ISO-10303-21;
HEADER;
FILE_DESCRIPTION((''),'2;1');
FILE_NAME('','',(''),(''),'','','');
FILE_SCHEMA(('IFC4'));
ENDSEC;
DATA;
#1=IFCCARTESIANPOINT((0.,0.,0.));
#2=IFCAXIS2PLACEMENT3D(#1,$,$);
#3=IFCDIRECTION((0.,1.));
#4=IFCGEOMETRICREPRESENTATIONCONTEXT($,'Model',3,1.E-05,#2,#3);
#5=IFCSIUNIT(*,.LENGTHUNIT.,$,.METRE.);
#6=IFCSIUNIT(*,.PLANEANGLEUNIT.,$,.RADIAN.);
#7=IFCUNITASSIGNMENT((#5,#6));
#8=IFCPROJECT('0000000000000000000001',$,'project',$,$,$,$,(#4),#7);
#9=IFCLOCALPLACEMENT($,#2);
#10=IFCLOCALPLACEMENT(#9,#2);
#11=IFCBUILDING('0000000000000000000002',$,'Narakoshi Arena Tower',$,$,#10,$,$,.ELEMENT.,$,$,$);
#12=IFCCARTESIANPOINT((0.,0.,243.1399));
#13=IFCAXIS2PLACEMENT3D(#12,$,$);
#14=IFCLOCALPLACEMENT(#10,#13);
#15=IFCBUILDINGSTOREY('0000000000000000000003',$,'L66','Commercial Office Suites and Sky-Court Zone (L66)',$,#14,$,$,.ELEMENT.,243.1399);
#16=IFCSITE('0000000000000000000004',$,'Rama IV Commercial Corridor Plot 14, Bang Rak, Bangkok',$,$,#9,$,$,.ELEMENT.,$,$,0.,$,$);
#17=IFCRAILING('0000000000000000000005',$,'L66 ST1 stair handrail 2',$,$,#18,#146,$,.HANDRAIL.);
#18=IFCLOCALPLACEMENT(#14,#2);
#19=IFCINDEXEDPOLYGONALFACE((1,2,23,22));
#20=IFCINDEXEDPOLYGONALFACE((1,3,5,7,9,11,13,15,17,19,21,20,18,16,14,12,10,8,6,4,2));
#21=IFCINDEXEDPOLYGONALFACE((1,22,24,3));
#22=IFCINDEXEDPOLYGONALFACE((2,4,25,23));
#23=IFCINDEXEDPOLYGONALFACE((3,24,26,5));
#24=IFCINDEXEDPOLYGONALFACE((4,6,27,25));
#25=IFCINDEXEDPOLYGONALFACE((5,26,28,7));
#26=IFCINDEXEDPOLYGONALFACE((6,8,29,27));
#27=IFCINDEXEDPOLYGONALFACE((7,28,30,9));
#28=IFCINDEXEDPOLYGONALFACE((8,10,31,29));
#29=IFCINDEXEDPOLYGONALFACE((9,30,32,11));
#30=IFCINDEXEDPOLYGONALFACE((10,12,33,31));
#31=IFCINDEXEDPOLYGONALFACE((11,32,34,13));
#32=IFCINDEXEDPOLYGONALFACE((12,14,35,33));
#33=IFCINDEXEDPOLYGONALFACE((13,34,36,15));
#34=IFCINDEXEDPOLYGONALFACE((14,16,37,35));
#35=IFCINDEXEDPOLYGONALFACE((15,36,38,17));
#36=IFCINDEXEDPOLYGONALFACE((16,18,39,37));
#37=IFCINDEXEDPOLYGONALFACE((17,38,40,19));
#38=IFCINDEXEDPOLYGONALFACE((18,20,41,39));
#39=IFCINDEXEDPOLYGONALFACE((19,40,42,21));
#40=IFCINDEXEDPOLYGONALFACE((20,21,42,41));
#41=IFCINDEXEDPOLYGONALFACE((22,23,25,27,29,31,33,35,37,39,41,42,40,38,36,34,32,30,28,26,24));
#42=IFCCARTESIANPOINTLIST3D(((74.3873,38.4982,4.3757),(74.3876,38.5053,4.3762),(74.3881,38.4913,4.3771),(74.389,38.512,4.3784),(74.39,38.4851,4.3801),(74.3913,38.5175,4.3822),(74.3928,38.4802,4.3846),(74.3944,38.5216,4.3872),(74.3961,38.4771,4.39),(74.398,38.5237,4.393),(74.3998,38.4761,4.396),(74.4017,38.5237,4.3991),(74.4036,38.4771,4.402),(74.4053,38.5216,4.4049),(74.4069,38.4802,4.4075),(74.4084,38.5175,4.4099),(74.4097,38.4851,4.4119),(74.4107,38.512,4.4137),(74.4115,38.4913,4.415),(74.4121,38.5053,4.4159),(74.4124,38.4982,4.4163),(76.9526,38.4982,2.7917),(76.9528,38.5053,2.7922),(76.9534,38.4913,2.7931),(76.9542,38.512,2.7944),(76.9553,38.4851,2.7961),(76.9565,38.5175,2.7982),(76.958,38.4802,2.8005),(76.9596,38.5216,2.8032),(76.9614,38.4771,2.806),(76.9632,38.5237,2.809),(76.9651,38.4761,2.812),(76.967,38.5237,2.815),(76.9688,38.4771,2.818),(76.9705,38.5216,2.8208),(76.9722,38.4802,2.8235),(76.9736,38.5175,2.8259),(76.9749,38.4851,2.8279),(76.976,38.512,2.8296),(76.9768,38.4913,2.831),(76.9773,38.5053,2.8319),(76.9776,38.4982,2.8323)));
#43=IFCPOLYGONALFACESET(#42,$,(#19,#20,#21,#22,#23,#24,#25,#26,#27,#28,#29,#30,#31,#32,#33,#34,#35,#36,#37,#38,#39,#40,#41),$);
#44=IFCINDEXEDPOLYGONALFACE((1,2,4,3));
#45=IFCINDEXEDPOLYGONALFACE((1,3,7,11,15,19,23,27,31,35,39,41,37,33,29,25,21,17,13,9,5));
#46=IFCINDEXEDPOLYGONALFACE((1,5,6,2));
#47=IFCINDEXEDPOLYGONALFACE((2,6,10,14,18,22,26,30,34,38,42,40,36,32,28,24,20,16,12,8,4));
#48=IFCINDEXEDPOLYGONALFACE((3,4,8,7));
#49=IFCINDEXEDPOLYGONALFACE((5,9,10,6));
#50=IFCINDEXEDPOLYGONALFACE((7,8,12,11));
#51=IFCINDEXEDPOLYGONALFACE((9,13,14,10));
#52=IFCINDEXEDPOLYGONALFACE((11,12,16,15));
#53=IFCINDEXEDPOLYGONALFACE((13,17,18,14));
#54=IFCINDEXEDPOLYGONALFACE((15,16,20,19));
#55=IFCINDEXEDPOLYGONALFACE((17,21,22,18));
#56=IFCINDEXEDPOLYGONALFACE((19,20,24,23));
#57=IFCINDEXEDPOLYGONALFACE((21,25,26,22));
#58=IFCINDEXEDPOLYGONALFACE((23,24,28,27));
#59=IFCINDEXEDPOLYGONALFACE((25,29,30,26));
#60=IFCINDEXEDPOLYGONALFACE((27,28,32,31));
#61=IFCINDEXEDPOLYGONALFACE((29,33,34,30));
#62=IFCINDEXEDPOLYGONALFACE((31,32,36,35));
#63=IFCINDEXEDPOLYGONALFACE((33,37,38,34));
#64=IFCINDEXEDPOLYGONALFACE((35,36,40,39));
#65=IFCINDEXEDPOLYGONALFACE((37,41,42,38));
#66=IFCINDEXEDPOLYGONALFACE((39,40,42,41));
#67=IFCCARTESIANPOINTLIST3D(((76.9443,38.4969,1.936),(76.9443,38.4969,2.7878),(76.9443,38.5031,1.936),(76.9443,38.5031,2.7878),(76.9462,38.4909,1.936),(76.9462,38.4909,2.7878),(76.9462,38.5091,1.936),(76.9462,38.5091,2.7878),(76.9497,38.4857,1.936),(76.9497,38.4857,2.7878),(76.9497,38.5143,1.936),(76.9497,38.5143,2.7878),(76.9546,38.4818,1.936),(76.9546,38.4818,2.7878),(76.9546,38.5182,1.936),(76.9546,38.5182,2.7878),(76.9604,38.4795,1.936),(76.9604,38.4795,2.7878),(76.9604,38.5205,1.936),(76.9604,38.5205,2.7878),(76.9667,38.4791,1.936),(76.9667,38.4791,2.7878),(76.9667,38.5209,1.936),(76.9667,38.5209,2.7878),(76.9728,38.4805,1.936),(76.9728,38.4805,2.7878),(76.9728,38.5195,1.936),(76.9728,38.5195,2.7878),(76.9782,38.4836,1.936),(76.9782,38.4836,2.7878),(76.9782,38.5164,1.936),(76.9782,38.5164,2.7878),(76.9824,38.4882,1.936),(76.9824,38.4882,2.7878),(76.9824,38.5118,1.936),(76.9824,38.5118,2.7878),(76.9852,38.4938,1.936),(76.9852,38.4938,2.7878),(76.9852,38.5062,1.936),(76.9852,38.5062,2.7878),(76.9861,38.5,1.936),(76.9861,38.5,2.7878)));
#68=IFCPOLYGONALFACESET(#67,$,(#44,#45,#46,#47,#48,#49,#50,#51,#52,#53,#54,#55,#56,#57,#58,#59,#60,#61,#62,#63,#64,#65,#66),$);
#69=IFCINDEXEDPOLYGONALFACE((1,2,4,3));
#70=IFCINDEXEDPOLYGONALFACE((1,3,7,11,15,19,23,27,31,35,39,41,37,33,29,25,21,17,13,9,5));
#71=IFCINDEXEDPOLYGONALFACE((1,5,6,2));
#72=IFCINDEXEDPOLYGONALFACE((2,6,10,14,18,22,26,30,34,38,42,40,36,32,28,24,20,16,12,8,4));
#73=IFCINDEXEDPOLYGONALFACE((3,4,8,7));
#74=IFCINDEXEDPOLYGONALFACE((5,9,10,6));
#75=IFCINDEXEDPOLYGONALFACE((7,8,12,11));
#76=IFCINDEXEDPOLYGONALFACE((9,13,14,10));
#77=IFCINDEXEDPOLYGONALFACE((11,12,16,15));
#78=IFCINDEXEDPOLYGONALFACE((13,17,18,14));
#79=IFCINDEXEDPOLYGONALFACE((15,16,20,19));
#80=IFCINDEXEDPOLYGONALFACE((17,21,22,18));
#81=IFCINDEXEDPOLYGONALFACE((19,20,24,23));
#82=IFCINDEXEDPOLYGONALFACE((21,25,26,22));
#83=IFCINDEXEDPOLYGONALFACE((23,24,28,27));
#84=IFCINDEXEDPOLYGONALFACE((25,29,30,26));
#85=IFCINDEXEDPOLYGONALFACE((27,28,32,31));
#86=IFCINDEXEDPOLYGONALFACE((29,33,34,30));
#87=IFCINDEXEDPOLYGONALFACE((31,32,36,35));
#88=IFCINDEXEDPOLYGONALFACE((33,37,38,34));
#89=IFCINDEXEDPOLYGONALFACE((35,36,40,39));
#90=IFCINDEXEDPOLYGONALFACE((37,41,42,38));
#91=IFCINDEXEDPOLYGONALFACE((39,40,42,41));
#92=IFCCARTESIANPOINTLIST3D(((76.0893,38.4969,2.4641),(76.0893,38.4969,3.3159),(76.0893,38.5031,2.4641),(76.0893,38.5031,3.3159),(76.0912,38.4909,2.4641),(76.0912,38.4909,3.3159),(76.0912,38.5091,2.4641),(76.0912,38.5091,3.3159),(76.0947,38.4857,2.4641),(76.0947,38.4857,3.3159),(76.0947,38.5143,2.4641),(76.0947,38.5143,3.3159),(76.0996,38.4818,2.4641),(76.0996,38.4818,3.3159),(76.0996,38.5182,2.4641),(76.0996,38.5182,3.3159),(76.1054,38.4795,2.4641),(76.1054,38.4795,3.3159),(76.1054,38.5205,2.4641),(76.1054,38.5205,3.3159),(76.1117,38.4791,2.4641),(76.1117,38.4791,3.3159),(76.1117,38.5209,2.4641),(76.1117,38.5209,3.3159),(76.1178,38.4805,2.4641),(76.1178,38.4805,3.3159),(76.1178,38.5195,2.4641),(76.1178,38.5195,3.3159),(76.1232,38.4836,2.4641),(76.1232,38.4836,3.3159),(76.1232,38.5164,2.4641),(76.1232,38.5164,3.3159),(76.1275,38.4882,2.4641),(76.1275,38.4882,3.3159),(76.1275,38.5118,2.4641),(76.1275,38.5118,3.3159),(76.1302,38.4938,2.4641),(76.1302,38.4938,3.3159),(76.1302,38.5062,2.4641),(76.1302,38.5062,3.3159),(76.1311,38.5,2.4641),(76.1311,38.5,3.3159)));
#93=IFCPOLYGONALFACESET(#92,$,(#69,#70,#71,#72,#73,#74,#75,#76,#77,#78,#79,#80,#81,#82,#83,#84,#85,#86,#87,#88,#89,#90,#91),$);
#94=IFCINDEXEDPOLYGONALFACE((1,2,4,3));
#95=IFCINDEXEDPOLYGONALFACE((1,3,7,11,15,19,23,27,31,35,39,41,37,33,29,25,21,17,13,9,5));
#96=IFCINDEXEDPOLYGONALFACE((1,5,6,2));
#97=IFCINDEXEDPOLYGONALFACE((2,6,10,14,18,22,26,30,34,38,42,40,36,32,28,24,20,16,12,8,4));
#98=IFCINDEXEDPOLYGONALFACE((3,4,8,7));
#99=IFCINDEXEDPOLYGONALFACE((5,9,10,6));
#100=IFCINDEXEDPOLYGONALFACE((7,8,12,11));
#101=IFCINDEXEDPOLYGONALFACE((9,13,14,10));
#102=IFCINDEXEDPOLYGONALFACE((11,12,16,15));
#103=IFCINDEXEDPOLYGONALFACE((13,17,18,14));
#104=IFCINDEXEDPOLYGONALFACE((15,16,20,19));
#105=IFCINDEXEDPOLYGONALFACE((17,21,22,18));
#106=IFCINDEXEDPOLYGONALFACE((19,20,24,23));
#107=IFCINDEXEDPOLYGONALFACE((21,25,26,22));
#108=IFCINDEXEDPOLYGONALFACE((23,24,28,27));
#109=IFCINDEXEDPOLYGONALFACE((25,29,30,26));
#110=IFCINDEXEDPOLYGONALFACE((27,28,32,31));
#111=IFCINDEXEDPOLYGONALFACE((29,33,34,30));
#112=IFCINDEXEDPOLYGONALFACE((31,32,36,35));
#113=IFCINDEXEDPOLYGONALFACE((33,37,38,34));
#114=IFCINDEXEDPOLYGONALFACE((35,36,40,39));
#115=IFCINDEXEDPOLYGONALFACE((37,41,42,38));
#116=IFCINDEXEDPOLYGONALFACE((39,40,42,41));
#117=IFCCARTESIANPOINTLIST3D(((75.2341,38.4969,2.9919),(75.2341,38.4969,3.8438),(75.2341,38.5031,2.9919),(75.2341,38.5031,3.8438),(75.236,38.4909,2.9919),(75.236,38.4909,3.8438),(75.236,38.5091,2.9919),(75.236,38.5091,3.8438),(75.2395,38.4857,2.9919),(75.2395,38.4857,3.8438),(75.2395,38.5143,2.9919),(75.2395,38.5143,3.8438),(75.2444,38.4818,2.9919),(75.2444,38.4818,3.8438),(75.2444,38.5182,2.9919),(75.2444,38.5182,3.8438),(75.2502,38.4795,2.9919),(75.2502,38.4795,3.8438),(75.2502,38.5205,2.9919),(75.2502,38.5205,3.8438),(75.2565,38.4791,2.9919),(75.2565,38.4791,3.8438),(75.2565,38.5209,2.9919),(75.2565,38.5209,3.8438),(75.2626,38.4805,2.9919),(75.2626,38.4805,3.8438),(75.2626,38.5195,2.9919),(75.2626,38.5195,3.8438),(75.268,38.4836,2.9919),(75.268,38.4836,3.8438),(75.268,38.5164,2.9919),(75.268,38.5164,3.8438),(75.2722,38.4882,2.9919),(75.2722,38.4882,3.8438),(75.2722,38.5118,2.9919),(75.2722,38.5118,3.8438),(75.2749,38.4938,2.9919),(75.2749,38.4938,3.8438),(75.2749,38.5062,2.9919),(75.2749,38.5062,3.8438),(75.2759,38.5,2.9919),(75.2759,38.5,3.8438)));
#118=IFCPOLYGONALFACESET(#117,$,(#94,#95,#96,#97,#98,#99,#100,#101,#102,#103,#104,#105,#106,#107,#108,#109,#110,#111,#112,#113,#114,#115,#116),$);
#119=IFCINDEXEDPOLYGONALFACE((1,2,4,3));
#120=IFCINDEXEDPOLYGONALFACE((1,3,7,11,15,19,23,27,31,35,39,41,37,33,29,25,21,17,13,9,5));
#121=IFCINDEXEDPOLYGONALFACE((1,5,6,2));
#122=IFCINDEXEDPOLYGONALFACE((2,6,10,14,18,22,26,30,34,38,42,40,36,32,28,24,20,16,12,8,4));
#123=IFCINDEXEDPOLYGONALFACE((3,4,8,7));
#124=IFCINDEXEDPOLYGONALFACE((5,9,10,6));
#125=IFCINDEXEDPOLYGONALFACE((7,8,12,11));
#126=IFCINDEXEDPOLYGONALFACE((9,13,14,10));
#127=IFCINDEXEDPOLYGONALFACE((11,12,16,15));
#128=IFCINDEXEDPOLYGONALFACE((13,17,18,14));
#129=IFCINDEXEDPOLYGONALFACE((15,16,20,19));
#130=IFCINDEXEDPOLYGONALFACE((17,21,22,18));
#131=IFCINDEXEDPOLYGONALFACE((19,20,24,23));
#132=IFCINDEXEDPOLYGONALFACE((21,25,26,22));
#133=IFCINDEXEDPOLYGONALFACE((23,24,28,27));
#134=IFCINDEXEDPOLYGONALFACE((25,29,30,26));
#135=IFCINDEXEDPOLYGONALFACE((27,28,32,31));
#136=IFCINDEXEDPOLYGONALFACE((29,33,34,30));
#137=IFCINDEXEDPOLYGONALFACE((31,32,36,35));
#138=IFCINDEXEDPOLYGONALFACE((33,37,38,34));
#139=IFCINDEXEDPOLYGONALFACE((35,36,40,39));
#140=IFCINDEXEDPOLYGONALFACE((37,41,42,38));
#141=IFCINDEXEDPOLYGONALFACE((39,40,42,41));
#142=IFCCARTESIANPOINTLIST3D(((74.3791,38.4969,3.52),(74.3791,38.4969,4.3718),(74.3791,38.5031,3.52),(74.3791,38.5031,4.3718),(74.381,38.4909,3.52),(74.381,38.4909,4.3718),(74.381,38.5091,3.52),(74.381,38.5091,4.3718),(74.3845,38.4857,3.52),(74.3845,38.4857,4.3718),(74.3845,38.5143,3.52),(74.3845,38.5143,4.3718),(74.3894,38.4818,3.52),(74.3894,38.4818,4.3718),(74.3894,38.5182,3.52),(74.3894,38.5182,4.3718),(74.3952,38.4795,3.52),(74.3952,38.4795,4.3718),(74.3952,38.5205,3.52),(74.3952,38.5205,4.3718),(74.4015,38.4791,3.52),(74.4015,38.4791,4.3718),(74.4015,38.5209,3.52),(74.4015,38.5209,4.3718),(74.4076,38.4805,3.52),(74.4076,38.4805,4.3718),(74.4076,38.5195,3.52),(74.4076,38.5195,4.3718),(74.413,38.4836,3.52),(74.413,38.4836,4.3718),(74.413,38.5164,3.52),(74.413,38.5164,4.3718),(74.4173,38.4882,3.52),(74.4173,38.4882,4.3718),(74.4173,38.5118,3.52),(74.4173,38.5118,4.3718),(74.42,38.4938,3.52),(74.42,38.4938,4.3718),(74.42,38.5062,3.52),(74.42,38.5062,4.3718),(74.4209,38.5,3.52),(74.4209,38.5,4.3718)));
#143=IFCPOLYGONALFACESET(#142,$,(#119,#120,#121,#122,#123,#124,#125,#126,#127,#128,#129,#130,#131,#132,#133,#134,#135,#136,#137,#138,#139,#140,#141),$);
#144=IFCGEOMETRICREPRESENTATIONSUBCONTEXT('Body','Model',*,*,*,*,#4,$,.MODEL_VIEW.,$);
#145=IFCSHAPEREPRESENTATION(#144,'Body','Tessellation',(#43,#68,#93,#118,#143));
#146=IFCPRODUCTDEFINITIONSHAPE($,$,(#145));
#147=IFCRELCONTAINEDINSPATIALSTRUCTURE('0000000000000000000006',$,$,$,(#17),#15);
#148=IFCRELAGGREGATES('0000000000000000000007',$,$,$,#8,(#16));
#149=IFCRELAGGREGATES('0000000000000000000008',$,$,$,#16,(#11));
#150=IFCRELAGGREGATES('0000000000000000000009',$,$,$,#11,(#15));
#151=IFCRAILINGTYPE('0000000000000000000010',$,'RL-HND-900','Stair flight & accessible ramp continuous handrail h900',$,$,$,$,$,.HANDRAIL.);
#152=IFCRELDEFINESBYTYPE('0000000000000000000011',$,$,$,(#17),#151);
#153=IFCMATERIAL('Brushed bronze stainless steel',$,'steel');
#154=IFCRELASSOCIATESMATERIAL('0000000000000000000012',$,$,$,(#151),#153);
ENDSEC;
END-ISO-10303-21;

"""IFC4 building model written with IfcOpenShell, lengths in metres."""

from ifc_helpers import new_model, si_unit, direction, frame, origin, origin_2d, place, context, subcontext, project, spatial, circle, extrude, material, type_object, element, save


model = new_model("IFC4")

# Units and contexts
model_context = context("Model", 3, precision=1e-05, world=origin(), true_north=direction((0.0, 1.0)))
body_context = subcontext(model_context, "Body", "Model", "MODEL_VIEW")
ifc_project = project(units=[si_unit("LENGTHUNIT", "METRE"), si_unit("PLANEANGLEUNIT", "RADIAN")], contexts=[model_context])

# Site, building, storey
site_placement = place(None, origin())
site = spatial("IfcSite", under=ifc_project, at=site_placement, Name="Rama IV Commercial Corridor Plot 14, Bang Rak, Bangkok", CompositionType="ELEMENT", RefElevation=0.0)
building_placement = place(site_placement, origin())
building = spatial("IfcBuilding", under=site, at=building_placement, Name="Narakoshi Arena Tower", CompositionType="ELEMENT")
storey_placement = place(building_placement, frame((0.0, 0.0, 243.1399)))
storey = spatial("IfcBuildingStorey", under=building, at=storey_placement, Name="L66", Description="Commercial Office Suites and Sky-Court Zone (L66)", CompositionType="ELEMENT", Elevation=243.1399)

# Railing
ifc_material_1 = material(Name="Brushed bronze stainless steel", Category="steel")
railing_type_1 = type_object("IfcRailingType", Name="RL-HND-900", Description="Stair flight & accessible ramp continuous handrail h900", PredefinedType="HANDRAIL", material=ifc_material_1)
railing_1_placement = place(storey_placement, frame((76.9651, 38.5, 1.936)))
element("IfcRailing", 1, at=railing_1_placement, inside=storey, type_object=railing_type_1, Name="L66 ST1 stair handrail 2", PredefinedType="HANDRAIL", context=body_context, shape_type="SweptSolid", body=[
    extrude(circle(Radius=0.0239, at=origin_2d()), frame((0.0, 0.0, 0.876), z_axis=(-0.850857, 0.0, 0.525398), x_axis=(0.0, -1.0, 0.0)), (0.0, 0.0, 1.0), 3.0149),
    extrude(circle(Radius=0.021, at=origin_2d()), origin(), (0.0, 0.0, 1.0), 0.8518),
    extrude(circle(Radius=0.021, at=origin_2d()), frame((-0.855, 0.0, 0.5281)), (0.0, 0.0, 1.0), 0.8518),
    extrude(circle(Radius=0.021, at=origin_2d()), frame((-1.7102, 0.0, 1.0559)), (0.0, 0.0, 1.0), 0.8518),
    extrude(circle(Radius=0.021, at=origin_2d()), frame((-2.5652, 0.0, 1.584)), (0.0, 0.0, 1.0), 0.8518),
])

save(model, "model.ifc")
